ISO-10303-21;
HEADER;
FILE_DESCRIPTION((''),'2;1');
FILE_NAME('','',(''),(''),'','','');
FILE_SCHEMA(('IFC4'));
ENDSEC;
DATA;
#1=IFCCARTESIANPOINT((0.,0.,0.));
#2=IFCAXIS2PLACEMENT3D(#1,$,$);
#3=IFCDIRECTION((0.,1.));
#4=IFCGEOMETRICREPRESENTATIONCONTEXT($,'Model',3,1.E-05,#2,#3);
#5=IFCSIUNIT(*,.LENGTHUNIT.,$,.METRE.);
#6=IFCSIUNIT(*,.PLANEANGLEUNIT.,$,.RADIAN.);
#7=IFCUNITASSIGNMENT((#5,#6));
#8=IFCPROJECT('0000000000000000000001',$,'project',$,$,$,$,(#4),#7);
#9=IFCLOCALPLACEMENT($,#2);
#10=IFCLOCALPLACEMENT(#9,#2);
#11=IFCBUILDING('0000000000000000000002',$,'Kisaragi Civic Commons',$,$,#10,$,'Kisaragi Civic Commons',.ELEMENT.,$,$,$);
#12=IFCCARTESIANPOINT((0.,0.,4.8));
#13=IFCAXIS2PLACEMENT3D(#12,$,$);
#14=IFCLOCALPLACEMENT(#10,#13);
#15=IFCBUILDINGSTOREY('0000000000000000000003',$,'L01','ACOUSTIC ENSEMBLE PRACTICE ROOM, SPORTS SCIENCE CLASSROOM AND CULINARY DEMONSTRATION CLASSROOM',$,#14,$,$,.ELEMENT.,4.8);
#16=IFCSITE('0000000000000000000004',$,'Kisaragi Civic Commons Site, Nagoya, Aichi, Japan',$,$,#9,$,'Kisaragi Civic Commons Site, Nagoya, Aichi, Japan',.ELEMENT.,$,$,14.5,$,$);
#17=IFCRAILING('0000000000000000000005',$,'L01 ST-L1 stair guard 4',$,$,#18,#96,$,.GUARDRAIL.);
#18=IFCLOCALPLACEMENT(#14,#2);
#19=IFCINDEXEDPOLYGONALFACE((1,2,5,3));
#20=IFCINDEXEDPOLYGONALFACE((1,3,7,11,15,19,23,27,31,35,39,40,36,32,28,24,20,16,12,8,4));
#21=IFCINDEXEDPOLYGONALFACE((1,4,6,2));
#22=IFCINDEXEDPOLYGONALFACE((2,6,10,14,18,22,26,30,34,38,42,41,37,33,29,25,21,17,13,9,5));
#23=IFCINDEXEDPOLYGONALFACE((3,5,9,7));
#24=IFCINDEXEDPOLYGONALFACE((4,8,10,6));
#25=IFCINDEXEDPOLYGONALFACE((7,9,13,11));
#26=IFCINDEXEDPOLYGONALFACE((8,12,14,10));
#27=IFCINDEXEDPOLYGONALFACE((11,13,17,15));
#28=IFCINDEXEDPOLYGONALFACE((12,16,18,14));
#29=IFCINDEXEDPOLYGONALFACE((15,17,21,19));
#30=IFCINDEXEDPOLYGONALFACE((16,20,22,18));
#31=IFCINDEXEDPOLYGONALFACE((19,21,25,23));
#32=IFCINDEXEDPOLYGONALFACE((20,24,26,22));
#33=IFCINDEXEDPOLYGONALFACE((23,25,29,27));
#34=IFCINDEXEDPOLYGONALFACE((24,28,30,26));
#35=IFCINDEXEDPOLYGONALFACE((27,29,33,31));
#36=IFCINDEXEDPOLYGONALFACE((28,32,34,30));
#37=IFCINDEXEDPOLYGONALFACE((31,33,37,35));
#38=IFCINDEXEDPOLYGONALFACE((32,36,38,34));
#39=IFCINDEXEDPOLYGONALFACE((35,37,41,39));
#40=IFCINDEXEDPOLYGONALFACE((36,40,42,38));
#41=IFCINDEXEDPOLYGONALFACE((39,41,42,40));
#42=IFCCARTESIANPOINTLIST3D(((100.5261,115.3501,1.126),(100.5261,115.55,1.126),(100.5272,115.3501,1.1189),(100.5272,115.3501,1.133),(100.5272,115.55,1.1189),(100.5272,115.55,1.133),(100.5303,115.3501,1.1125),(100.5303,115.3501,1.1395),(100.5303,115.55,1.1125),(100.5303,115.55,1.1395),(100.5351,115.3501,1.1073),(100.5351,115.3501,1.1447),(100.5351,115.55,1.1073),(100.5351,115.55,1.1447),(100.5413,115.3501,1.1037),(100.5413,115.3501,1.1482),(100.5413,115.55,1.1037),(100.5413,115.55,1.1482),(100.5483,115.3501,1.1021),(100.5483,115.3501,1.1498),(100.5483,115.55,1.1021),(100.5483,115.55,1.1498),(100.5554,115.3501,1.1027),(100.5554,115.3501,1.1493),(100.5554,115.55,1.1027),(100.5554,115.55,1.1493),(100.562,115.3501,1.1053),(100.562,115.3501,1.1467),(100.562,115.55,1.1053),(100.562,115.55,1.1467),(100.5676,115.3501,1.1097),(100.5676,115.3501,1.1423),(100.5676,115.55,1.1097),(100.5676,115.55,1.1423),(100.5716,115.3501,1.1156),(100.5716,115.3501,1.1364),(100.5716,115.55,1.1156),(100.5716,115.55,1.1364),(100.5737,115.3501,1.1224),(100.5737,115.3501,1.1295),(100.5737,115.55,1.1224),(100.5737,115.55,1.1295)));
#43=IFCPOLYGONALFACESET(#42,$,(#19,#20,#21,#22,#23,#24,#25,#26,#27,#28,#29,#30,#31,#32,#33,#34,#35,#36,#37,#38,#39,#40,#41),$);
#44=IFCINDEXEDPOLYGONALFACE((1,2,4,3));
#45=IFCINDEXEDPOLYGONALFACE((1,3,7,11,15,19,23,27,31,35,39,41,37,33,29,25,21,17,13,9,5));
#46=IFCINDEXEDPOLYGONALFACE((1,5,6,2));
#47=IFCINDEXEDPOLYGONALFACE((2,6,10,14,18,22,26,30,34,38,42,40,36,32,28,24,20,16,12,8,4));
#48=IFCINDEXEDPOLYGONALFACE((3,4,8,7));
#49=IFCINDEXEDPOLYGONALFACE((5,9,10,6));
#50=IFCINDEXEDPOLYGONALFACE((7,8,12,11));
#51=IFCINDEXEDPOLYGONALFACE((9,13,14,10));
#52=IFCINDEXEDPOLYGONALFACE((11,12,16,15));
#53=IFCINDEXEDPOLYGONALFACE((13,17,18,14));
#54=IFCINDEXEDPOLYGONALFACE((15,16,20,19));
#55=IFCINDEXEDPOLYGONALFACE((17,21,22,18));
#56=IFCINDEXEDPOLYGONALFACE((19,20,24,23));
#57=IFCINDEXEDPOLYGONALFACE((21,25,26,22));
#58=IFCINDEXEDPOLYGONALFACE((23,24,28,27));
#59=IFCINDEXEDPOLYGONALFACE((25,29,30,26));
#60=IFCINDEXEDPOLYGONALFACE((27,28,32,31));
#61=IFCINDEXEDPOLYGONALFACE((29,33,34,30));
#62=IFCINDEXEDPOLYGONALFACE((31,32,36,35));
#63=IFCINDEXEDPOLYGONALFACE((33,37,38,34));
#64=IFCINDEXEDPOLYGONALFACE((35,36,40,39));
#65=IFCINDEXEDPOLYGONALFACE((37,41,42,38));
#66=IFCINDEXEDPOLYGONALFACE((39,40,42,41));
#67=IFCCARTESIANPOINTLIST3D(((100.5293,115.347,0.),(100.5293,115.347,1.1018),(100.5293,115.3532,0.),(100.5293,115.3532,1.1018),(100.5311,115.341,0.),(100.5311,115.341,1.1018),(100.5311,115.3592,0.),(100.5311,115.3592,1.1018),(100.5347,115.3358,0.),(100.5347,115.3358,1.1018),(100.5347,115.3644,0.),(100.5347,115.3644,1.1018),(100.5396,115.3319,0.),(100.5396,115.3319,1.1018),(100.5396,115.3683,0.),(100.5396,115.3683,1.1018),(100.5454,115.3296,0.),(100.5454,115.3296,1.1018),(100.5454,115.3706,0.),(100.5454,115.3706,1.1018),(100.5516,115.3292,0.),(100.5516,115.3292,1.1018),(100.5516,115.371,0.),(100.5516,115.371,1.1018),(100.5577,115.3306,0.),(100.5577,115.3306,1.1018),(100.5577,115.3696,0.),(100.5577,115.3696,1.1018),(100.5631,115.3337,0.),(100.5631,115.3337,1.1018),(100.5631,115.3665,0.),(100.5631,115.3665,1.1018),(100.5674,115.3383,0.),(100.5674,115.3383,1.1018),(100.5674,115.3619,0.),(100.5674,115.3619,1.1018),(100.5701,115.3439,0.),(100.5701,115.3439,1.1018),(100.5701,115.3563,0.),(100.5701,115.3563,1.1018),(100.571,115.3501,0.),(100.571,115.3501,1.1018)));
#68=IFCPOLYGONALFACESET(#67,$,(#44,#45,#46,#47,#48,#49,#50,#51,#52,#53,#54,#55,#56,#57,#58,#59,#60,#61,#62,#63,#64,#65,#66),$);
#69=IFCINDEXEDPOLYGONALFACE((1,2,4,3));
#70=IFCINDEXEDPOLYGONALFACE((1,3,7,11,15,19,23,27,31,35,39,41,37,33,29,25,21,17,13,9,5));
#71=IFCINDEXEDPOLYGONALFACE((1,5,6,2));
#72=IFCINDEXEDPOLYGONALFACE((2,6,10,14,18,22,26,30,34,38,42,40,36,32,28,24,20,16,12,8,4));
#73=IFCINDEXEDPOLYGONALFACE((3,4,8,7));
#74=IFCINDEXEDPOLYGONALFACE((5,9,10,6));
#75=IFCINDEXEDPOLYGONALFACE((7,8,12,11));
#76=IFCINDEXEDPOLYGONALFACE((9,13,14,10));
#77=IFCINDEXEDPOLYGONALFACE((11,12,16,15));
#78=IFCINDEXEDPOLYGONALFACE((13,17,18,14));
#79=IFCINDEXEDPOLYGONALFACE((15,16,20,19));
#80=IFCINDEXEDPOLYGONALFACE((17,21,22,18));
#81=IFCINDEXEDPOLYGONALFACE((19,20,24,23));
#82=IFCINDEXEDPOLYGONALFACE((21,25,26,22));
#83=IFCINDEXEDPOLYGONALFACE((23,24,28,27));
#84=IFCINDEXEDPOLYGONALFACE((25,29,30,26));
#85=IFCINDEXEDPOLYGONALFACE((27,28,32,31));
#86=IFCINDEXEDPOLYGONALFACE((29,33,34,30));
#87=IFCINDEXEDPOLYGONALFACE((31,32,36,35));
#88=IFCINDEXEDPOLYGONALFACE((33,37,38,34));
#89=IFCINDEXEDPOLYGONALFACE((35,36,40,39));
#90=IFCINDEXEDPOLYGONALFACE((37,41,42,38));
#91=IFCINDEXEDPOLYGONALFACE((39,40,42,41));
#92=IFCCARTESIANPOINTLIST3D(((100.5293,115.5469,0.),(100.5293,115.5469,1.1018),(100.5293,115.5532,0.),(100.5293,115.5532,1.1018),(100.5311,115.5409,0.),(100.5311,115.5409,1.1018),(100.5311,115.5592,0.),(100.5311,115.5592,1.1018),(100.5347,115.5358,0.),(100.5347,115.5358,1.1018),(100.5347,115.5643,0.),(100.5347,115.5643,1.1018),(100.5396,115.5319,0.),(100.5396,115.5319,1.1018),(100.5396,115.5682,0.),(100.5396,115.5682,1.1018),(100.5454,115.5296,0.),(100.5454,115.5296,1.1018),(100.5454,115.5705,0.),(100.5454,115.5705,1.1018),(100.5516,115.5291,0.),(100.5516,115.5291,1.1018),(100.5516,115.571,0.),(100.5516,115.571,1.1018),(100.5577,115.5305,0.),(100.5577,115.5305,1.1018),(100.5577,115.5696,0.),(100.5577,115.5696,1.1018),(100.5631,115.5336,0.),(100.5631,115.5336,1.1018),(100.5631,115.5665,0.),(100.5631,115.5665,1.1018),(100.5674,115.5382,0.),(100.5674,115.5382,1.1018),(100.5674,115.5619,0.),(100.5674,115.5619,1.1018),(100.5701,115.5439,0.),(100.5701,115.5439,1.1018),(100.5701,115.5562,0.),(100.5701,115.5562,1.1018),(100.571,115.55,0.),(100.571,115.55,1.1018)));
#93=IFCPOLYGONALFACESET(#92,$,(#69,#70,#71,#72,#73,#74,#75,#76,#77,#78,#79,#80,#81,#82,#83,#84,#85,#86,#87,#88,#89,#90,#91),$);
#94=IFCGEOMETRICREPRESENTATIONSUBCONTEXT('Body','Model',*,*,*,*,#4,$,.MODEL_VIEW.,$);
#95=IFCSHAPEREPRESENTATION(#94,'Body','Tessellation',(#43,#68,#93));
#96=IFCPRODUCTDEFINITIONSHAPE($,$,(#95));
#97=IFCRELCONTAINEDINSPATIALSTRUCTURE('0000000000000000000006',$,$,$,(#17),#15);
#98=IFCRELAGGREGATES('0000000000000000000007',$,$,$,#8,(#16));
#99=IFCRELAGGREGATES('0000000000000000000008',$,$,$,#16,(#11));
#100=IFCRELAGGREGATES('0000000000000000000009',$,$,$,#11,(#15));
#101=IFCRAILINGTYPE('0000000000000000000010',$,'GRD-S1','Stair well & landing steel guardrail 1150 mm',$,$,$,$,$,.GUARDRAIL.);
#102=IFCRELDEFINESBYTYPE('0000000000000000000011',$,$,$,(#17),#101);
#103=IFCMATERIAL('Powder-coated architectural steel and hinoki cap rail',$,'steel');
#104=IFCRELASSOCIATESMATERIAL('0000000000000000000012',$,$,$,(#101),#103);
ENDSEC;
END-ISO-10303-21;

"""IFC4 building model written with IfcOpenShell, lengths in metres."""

from ifc_helpers import new_model, si_unit, direction, frame, origin, origin_2d, place, context, subcontext, project, spatial, circle, extrude, material, type_object, element, save


model = new_model("IFC4")

# Units and contexts
model_context = context("Model", 3, precision=1e-05, world=origin(), true_north=direction((0.0, 1.0)))
body_context = subcontext(model_context, "Body", "Model", "MODEL_VIEW")
ifc_project = project(units=[si_unit("LENGTHUNIT", "METRE"), si_unit("PLANEANGLEUNIT", "RADIAN")], contexts=[model_context])

# Site, building, storey
site_placement = place(None, origin())
site = spatial("IfcSite", under=ifc_project, at=site_placement, Name="Kisaragi Civic Commons Site, Nagoya, Aichi, Japan", LongName="Kisaragi Civic Commons Site, Nagoya, Aichi, Japan", CompositionType="ELEMENT", RefElevation=14.5)
building_placement = place(site_placement, origin())
building = spatial("IfcBuilding", under=site, at=building_placement, Name="Kisaragi Civic Commons", LongName="Kisaragi Civic Commons", CompositionType="ELEMENT")
storey_placement = place(building_placement, frame((0.0, 0.0, 4.8)))
storey = spatial("IfcBuildingStorey", under=building, at=storey_placement, Name="L01", Description="ACOUSTIC ENSEMBLE PRACTICE ROOM, SPORTS SCIENCE CLASSROOM AND CULINARY DEMONSTRATION CLASSROOM", CompositionType="ELEMENT", Elevation=4.8)

# Railing
ifc_material_1 = material(Name="Powder-coated architectural steel and hinoki cap rail", Category="steel")
railing_type_1 = type_object("IfcRailingType", Name="GRD-S1", Description="Stair well & landing steel guardrail 1150 mm", PredefinedType="GUARDRAIL", material=ifc_material_1)
railing_1_placement = place(storey_placement, frame((100.55, 115.3501, 0.0)))
element("IfcRailing", 1, at=railing_1_placement, inside=storey, type_object=railing_type_1, Name="L01 ST-L1 stair guard 4", PredefinedType="GUARDRAIL", context=body_context, shape_type="SweptSolid", body=[
    extrude(circle(Radius=0.0239, at=origin_2d()), frame((0.0, 0.0, 1.126), z_axis=(0.0, 1.0, 0.0), x_axis=(-1.0, 0.0, 0.0)), (0.0, 0.0, 1.0), 0.2),
    extrude(circle(Radius=0.021, at=origin_2d()), origin(), (0.0, 0.0, 1.0), 1.1018),
    extrude(circle(Radius=0.021, at=origin_2d()), frame((0.0, 0.2, 0.0)), (0.0, 0.0, 1.0), 1.1018),
])

save(model, "model.ifc")
